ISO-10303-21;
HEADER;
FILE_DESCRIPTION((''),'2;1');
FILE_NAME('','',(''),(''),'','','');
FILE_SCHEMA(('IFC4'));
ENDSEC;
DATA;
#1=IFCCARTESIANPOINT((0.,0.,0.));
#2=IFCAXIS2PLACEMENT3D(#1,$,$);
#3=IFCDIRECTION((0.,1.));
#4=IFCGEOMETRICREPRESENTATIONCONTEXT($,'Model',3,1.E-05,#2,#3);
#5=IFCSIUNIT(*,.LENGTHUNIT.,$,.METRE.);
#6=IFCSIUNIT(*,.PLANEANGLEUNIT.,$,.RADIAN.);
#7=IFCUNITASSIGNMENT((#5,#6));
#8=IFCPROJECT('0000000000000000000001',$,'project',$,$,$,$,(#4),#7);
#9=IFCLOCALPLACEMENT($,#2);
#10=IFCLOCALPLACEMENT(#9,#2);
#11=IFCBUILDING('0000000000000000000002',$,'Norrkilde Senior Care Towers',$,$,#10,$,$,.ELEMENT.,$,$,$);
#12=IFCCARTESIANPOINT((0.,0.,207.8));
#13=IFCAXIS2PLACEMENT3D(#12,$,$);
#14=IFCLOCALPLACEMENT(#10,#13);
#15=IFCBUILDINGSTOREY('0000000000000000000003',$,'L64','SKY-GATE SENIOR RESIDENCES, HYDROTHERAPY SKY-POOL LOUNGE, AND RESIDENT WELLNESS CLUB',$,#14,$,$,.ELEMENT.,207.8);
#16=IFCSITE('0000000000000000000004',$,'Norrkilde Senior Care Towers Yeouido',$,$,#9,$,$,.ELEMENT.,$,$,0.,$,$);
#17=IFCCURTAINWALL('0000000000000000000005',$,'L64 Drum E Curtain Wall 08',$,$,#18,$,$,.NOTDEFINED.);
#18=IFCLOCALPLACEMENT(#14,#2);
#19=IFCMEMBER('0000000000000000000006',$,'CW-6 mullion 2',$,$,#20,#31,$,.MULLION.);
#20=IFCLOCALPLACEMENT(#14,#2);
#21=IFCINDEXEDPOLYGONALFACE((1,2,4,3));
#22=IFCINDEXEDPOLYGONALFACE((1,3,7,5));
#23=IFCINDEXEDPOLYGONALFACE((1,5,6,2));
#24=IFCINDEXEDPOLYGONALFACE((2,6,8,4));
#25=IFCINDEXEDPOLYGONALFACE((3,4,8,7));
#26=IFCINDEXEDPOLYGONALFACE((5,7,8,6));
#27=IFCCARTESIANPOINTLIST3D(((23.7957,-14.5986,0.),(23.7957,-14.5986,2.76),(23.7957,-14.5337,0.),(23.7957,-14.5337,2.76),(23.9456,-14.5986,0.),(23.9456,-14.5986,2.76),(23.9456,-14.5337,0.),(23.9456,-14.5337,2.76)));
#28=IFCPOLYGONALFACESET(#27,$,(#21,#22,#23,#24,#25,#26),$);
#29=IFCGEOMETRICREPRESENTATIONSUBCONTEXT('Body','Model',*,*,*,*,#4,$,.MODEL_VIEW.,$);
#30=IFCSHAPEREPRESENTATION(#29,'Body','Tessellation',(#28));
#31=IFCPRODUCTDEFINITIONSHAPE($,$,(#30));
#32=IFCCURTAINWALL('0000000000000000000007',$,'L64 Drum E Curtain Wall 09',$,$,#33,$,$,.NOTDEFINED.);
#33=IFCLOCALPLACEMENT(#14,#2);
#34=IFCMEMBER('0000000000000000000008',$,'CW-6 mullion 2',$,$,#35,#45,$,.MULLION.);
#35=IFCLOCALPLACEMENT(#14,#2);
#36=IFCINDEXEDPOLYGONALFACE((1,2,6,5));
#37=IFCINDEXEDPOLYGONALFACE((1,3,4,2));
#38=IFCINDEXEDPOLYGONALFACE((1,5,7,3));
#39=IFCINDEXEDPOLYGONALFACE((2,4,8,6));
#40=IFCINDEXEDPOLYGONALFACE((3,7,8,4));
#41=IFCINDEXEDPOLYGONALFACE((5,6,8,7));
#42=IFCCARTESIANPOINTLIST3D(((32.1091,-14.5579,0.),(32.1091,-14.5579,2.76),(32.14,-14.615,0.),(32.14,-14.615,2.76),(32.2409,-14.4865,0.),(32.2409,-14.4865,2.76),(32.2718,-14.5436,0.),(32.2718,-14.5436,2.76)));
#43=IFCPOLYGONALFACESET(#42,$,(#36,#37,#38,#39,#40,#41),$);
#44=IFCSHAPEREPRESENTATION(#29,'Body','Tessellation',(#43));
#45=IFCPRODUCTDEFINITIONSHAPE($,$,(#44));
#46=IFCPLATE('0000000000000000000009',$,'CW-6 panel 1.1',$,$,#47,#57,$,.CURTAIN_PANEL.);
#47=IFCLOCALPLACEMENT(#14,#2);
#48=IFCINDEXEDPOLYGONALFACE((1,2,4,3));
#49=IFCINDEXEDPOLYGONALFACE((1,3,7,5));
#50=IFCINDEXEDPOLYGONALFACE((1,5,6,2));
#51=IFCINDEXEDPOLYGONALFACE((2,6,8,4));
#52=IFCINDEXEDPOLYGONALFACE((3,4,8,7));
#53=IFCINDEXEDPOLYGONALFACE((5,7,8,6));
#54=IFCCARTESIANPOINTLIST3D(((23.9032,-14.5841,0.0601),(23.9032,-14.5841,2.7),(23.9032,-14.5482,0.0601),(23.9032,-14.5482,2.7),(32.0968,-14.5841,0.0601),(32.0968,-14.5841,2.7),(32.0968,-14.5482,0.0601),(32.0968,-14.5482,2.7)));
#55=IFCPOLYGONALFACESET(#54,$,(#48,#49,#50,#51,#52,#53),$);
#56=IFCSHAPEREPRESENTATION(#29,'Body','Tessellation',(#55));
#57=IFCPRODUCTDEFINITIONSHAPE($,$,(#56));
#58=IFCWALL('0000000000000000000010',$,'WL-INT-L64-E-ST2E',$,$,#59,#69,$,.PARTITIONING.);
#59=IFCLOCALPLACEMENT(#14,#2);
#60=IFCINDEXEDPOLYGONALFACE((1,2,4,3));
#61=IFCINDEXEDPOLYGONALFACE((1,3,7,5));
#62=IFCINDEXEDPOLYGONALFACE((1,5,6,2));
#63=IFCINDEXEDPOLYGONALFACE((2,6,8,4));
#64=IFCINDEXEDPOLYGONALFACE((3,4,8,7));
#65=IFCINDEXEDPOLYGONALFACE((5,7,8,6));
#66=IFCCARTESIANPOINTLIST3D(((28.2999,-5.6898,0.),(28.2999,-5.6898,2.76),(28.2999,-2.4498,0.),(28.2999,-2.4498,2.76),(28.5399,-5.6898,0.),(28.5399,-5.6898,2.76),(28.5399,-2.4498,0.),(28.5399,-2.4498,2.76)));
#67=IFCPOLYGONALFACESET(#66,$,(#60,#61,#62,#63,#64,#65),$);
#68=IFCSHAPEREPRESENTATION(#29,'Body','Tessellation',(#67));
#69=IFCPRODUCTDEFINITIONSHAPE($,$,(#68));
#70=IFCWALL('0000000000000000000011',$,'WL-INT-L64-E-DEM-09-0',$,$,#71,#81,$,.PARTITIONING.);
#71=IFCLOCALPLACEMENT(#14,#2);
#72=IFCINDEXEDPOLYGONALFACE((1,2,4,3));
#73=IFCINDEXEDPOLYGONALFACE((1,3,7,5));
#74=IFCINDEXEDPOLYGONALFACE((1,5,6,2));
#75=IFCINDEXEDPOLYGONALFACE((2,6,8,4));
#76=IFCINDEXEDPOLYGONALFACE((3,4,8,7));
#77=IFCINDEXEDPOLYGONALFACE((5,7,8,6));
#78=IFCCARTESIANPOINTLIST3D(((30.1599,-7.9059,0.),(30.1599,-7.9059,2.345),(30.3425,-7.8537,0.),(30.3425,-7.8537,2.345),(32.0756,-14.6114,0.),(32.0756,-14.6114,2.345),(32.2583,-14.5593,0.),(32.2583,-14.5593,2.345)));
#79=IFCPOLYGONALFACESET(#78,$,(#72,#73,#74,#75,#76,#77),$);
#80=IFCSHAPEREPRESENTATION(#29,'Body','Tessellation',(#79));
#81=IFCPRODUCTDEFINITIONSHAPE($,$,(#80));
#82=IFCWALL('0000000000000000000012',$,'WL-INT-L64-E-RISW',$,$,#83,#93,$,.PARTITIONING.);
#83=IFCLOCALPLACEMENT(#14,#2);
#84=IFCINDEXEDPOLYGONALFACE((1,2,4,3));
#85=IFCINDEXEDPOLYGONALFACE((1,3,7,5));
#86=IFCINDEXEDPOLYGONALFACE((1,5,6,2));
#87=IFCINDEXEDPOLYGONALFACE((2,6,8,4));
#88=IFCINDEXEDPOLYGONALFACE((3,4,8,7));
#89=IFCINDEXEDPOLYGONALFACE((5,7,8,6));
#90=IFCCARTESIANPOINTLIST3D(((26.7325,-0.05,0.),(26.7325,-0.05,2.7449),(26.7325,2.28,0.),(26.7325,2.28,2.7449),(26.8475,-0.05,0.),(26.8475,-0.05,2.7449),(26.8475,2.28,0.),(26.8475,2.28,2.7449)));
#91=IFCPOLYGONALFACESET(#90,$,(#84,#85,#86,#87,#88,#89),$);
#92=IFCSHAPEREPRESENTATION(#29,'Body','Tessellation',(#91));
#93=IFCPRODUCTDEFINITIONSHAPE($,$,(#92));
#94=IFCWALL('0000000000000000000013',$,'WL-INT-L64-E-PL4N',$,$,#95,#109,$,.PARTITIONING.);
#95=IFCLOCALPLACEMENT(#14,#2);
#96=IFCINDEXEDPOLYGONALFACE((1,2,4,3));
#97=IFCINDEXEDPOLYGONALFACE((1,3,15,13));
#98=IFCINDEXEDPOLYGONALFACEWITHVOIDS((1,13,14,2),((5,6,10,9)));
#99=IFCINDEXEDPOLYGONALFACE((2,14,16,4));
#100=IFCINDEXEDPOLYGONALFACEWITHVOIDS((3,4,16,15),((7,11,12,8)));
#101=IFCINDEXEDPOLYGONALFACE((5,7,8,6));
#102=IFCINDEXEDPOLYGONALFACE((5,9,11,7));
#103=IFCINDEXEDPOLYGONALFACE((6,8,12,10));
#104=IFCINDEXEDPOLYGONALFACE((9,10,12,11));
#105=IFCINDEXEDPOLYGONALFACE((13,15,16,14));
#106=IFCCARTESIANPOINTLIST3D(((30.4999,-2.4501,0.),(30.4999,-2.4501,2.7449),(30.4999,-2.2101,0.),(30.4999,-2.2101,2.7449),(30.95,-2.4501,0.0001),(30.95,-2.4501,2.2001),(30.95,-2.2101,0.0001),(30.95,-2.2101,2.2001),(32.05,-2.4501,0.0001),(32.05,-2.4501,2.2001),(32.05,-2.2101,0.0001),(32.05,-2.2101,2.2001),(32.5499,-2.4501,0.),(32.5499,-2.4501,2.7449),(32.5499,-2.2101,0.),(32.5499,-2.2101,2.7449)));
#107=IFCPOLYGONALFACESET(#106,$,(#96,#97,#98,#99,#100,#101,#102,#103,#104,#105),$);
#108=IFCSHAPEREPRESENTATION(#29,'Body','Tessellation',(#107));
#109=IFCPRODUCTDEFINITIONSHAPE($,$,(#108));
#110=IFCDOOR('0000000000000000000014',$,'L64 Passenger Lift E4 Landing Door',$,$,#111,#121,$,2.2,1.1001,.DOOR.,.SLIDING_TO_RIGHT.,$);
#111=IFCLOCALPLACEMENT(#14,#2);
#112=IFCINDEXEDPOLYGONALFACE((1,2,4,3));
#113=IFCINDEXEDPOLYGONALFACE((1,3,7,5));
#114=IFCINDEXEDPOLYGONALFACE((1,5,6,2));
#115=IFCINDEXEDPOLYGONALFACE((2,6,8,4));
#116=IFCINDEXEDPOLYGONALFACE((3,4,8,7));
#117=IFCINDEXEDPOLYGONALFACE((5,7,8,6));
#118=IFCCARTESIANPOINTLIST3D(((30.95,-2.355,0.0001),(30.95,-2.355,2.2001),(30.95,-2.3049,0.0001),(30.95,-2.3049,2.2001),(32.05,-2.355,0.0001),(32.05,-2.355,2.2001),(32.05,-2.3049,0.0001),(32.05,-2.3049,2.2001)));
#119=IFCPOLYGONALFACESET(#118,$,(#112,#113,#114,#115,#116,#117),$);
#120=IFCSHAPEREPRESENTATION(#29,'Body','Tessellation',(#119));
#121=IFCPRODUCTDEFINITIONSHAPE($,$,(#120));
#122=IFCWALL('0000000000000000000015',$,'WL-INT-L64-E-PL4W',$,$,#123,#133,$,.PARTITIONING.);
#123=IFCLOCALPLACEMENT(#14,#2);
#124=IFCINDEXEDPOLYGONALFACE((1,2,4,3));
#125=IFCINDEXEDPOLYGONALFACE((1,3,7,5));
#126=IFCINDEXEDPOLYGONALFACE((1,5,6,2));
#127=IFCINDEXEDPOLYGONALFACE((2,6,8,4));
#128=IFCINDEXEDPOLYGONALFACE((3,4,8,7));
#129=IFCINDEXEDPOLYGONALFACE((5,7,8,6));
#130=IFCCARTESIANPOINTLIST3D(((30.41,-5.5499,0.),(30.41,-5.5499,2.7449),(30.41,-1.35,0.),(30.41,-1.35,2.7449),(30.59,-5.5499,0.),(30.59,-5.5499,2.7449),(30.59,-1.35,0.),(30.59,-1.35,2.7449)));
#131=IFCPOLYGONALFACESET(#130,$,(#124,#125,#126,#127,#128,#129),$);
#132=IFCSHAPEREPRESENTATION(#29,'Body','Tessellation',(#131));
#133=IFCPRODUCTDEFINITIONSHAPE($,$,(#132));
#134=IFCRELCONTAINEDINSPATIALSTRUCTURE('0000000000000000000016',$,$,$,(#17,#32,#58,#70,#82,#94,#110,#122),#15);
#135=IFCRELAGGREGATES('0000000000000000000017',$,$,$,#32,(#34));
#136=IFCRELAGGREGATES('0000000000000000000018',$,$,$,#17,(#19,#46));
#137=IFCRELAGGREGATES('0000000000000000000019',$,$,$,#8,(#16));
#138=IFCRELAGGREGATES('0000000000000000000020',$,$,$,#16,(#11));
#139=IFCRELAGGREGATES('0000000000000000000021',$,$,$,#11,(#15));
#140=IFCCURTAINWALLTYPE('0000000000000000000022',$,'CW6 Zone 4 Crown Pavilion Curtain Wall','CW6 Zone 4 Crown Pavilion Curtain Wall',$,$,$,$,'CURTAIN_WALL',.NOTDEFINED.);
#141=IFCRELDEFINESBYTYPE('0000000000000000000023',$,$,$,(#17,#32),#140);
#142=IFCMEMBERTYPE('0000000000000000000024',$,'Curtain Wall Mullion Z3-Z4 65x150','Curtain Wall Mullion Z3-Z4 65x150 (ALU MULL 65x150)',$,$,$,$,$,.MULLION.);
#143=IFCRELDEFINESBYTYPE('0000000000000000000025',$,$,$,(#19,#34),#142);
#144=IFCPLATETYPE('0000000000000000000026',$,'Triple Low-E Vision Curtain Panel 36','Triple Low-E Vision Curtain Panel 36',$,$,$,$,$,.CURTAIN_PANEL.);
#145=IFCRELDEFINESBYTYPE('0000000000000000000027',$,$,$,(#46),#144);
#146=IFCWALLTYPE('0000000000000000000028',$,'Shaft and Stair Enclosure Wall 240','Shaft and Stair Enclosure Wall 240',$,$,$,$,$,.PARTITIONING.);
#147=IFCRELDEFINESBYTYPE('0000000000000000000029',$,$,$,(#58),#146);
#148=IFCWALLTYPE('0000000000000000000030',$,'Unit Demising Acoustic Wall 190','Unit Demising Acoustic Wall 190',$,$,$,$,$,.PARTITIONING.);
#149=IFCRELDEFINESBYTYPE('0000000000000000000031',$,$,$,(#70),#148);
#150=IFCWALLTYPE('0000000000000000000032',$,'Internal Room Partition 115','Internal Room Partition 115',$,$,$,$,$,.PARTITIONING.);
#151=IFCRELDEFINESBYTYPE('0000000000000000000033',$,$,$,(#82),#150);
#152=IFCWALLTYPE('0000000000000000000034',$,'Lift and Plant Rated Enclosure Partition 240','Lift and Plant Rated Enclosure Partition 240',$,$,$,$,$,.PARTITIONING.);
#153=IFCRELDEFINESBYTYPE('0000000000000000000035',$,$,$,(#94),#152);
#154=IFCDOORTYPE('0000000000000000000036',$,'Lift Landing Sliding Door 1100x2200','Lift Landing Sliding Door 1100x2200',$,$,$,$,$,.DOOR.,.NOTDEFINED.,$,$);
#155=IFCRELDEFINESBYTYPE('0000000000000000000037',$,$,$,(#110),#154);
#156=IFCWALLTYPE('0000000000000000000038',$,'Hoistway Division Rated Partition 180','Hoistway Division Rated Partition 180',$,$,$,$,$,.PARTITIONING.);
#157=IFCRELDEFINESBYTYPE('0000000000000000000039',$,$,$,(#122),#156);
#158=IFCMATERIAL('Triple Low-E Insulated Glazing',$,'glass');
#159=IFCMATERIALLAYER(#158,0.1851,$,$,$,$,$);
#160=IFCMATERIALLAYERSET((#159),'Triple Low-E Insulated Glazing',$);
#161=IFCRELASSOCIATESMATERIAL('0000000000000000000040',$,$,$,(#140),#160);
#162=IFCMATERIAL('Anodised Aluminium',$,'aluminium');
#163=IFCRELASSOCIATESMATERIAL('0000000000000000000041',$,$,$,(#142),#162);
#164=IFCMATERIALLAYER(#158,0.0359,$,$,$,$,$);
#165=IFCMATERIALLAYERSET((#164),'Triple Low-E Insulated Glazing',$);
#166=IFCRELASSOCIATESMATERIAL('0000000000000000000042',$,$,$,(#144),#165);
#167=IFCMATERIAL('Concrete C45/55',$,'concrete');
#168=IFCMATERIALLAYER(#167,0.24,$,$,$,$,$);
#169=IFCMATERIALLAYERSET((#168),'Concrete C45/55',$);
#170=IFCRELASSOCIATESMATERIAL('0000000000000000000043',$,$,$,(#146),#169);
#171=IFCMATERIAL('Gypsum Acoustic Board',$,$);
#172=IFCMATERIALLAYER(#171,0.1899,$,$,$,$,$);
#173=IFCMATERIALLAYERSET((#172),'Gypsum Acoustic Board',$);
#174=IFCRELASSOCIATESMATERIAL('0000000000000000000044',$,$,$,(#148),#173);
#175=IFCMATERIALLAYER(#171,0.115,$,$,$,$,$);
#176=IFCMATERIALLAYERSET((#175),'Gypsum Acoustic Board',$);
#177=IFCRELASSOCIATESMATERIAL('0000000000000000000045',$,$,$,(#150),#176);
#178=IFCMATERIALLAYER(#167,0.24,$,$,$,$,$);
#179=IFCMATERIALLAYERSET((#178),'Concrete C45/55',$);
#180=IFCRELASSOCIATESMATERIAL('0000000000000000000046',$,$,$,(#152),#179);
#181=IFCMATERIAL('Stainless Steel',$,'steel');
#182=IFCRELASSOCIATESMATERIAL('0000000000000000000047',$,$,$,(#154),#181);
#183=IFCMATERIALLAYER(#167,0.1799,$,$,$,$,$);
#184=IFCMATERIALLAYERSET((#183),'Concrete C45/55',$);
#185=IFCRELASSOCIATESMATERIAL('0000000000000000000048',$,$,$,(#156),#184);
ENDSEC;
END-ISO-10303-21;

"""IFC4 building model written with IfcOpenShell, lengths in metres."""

from ifc_helpers import new_model, si_unit, direction, frame, frame_2d, origin, origin_2d, place, context, subcontext, project, spatial, rectangle, extrude, source, transform, mapped, material, layer, layer_set, material_profile, profile_set, type_object, type_shapes, element, fill, aggregate, save


model = new_model("IFC4")

# Units and contexts
model_context = context("Model", 3, precision=1e-05, world=origin(), true_north=direction((0.0, 1.0)))
body_context = subcontext(model_context, "Body", "Model", "MODEL_VIEW")
ifc_project = project(units=[si_unit("LENGTHUNIT", "METRE"), si_unit("PLANEANGLEUNIT", "RADIAN")], contexts=[model_context])

# Site, building, storey
site_placement = place(None, origin())
site = spatial("IfcSite", under=ifc_project, at=site_placement, Name="Norrkilde Senior Care Towers Yeouido", CompositionType="ELEMENT", RefElevation=0.0)
building_placement = place(site_placement, origin())
building = spatial("IfcBuilding", under=site, at=building_placement, Name="Norrkilde Senior Care Towers", CompositionType="ELEMENT")
storey_placement = place(building_placement, frame((0.0, 0.0, 207.8)))
storey = spatial("IfcBuildingStorey", under=building, at=storey_placement, Name="L64", Description="SKY-GATE SENIOR RESIDENCES, HYDROTHERAPY SKY-POOL LOUNGE, AND RESIDENT WELLNESS CLUB", CompositionType="ELEMENT", Elevation=207.8)

# Curtain wall, member
ifc_material_1 = material(Name="Triple Low-E Insulated Glazing", Category="glass")
ifc_layer_1 = layer(ifc_material_1, 0.1851)
ifc_layer_set_1 = layer_set([ifc_layer_1], Name="Triple Low-E Insulated Glazing")
curtain_wall_type = type_object("IfcCurtainWallType", Name="CW6 Zone 4 Crown Pavilion Curtain Wall", Description="CW6 Zone 4 Crown Pavilion Curtain Wall", ElementType="CURTAIN_WALL", PredefinedType="NOTDEFINED", material=ifc_layer_set_1)
curtain_wall_1_placement = place(storey_placement, origin())
curtain_wall_1 = element("IfcCurtainWall", 1, at=curtain_wall_1_placement, inside=storey, type_object=curtain_wall_type, Name="L64 Drum E Curtain Wall 08", PredefinedType="NOTDEFINED")
ifc_material_2 = material(Name="Anodised Aluminium", Category="aluminium")
ifc_material_profile_1 = material_profile(ifc_material_2, rectangle(XDim=0.0649, YDim=0.1499, at=origin_2d()), Name="ALU MULL 65x150")
ifc_profile_set_1 = profile_set([ifc_material_profile_1], Name="Anodised Aluminium")
member_type_1 = type_object("IfcMemberType", Name="Curtain Wall Mullion Z3-Z4 65x150", Description="Curtain Wall Mullion Z3-Z4 65x150 (ALU MULL 65x150)", PredefinedType="MULLION", material=ifc_profile_set_1)
shared_shape_1 = source(origin(), body_context, "Body", "SweptSolid", [
    extrude(rectangle(XDim=0.0649, YDim=0.1499, at=origin_2d()), origin(), (0.0, 0.0, 1.0), 2.76),
])
type_shapes(member_type_1, [shared_shape_1])
member_1_placement = place(storey_placement, frame((23.8706, -14.5662, 0.0), z_axis=(0.0, 0.0, 1.0), x_axis=(0.0, -1.0, 0.0)))
member_1 = element("IfcMember", 2, at=member_1_placement, type_object=member_type_1, Name="CW-6 mullion 2", PredefinedType="MULLION", context=body_context, shape_type="MappedRepresentation", body=[
    mapped(shared_shape_1, transform((0.0, 0.0, 0.0), x_axis=(1.0, 0.0, 0.0), y_axis=(0.0, 1.0, 0.0), z_axis=(0.0, 0.0, 1.0), scale=1.0)),
])

# Curtain wall, member
curtain_wall_2_placement = place(storey_placement, origin())
curtain_wall_2 = element("IfcCurtainWall", 3, at=curtain_wall_2_placement, inside=storey, type_object=curtain_wall_type, Name="L64 Drum E Curtain Wall 09", PredefinedType="NOTDEFINED")
member_2_placement = place(storey_placement, frame((32.1904, -14.5508, 0.0), z_axis=(0.0, 0.0, 1.0), x_axis=(0.476133, -0.879373, 0.0)))
member_2 = element("IfcMember", 4, at=member_2_placement, type_object=member_type_1, Name="CW-6 mullion 2", PredefinedType="MULLION", context=body_context, shape_type="MappedRepresentation", body=[
    mapped(shared_shape_1, transform((0.0, 0.0, 0.0), x_axis=(1.0, 0.0, 0.0), y_axis=(0.0, 1.0, 0.0), z_axis=(0.0, 0.0, 1.0), scale=1.0)),
])
aggregate(curtain_wall_2, [member_2])

# Plate
ifc_layer_2 = layer(ifc_material_1, 0.0359)
ifc_layer_set_2 = layer_set([ifc_layer_2], Name="Triple Low-E Insulated Glazing")
plate_type = type_object("IfcPlateType", Name="Triple Low-E Vision Curtain Panel 36", Description="Triple Low-E Vision Curtain Panel 36", PredefinedType="CURTAIN_PANEL", material=ifc_layer_set_2)
shared_shape_2 = source(origin(), body_context, "Body", "SweptSolid", [
    extrude(rectangle(XDim=8.1936, YDim=0.0359, at=origin_2d()), origin(), (0.0, 0.0, 1.0), 2.6399),
])
type_shapes(plate_type, [shared_shape_2])
plate_placement = place(storey_placement, frame((28.0, -14.5662, 0.0601), z_axis=(0.0, 0.0, 1.0), x_axis=(-1.0, 0.0, 0.0)))
plate = element("IfcPlate", 5, at=plate_placement, type_object=plate_type, Name="CW-6 panel 1.1", PredefinedType="CURTAIN_PANEL", context=body_context, shape_type="MappedRepresentation", body=[
    mapped(shared_shape_2, transform((0.0, 0.0, 0.0), x_axis=(1.0, 0.0, 0.0), y_axis=(0.0, 1.0, 0.0), z_axis=(0.0, 0.0, 1.0), scale=1.0)),
])
aggregate(curtain_wall_1, [member_1, plate])

# Walls
ifc_material_3 = material(Name="Concrete C45/55", Category="concrete")
ifc_layer_3 = layer(ifc_material_3, 0.24)
ifc_layer_set_3 = layer_set([ifc_layer_3], Name="Concrete C45/55")
wall_type_1 = type_object("IfcWallType", Name="Shaft and Stair Enclosure Wall 240", Description="Shaft and Stair Enclosure Wall 240", PredefinedType="PARTITIONING", material=ifc_layer_set_3)
shared_shape_3 = source(origin(), body_context, "Body", "SweptSolid", [
    extrude(rectangle(XDim=3.24, YDim=0.24, at=frame_2d((1.6201, 0.0))), origin(), (0.0, 0.0, 1.0), 2.76),
])
type_shapes(wall_type_1, [shared_shape_3])
wall_1_placement = place(storey_placement, frame((28.4199, -5.6899, 0.0), z_axis=(0.0, 0.0, 1.0), x_axis=(0.0, 1.0, 0.0)))
element("IfcWall", 6, at=wall_1_placement, inside=storey, type_object=wall_type_1, Name="WL-INT-L64-E-ST2E", PredefinedType="PARTITIONING", context=body_context, shape_type="MappedRepresentation", body=[
    mapped(shared_shape_3, transform((0.0, 0.0, 0.0), x_axis=(1.0, 0.0, 0.0), y_axis=(0.0, 1.0, 0.0), z_axis=(0.0, 0.0, 1.0), scale=1.0)),
])
ifc_material_4 = material(Name="Gypsum Acoustic Board")
ifc_layer_4 = layer(ifc_material_4, 0.1899)
ifc_layer_set_4 = layer_set([ifc_layer_4], Name="Gypsum Acoustic Board")
wall_type_2 = type_object("IfcWallType", Name="Unit Demising Acoustic Wall 190", Description="Unit Demising Acoustic Wall 190", PredefinedType="PARTITIONING", material=ifc_layer_set_4)
shared_shape_4 = source(origin(), body_context, "Body", "SweptSolid", [
    extrude(rectangle(XDim=6.9739, YDim=0.1899, at=frame_2d((3.4868, 0.0))), origin(), (0.0, 0.0, 1.0), 2.345),
])
type_shapes(wall_type_2, [shared_shape_4])
wall_2_placement = place(storey_placement, frame((30.2512, -7.8799, 0.0), z_axis=(0.0, 0.0, 1.0), x_axis=(0.274707, -0.961528, 0.0)))
element("IfcWall", 7, at=wall_2_placement, inside=storey, type_object=wall_type_2, Name="WL-INT-L64-E-DEM-09-0", PredefinedType="PARTITIONING", context=body_context, shape_type="MappedRepresentation", body=[
    mapped(shared_shape_4, transform((0.0, 0.0, 0.0), x_axis=(1.0, 0.0, 0.0), y_axis=(0.0, 1.0, 0.0), z_axis=(0.0, 0.0, 1.0), scale=1.0)),
])

# Wall
ifc_layer_5 = layer(ifc_material_4, 0.115)
ifc_layer_set_5 = layer_set([ifc_layer_5], Name="Gypsum Acoustic Board")
wall_type_3 = type_object("IfcWallType", Name="Internal Room Partition 115", Description="Internal Room Partition 115", PredefinedType="PARTITIONING", material=ifc_layer_set_5)
shared_shape_5 = source(origin(), body_context, "Body", "SweptSolid", [
    extrude(rectangle(XDim=2.3301, YDim=0.115, at=frame_2d((1.165, 0.0))), origin(), (0.0, 0.0, 1.0), 2.7449),
])
wall_3_placement = place(storey_placement, frame((26.79, -0.05, 0.0), z_axis=(0.0, 0.0, 1.0), x_axis=(0.0, 1.0, 0.0)))
element("IfcWall", 8, at=wall_3_placement, inside=storey, type_object=wall_type_3, Name="WL-INT-L64-E-RISW", PredefinedType="PARTITIONING", context=body_context, shape_type="MappedRepresentation", body=[
    mapped(shared_shape_5, transform((0.0, 0.0, 0.0), x_axis=(1.0, 0.0, 0.0), y_axis=(0.0, 1.0, 0.0), z_axis=(0.0, 0.0, 1.0), scale=1.0)),
])

# Wall, opening, door
ifc_layer_6 = layer(ifc_material_3, 0.24)
ifc_layer_set_6 = layer_set([ifc_layer_6], Name="Concrete C45/55")
wall_type_4 = type_object("IfcWallType", Name="Lift and Plant Rated Enclosure Partition 240", Description="Lift and Plant Rated Enclosure Partition 240", PredefinedType="PARTITIONING", material=ifc_layer_set_6)
shared_shape_6 = source(origin(), body_context, "Body", "SweptSolid", [
    extrude(rectangle(XDim=2.05, YDim=0.24, at=frame_2d((1.0249, 0.0))), origin(), (0.0, 0.0, 1.0), 2.7449),
])
type_shapes(wall_type_4, [shared_shape_6])
wall_4_placement = place(storey_placement, frame((30.5, -2.3301, 0.0), z_axis=(0.0, 0.0, 1.0), x_axis=(1.0, 0.0, 0.0)))
wall_4 = element("IfcWall", 9, at=wall_4_placement, inside=storey, type_object=wall_type_4, Name="WL-INT-L64-E-PL4N", PredefinedType="PARTITIONING", context=body_context, shape_type="MappedRepresentation", body=[
    mapped(shared_shape_6, transform((0.0, 0.0, 0.0), x_axis=(1.0, 0.0, 0.0), y_axis=(0.0, 1.0, 0.0), z_axis=(0.0, 0.0, 1.0), scale=1.0)),
])
opening_1_placement = place(wall_4_placement, frame((0.45, 0.0, 0.0)))
opening_1 = element("IfcOpeningElement", 10, at=opening_1_placement, cuts=wall_4, PredefinedType="OPENING", context=body_context, shape_type="SweptSolid", body=[
    extrude(rectangle(XDim=1.1001, YDim=2.2, at=frame_2d((0.55, 1.1001))), frame((0.0, 0.1299, 0.0), z_axis=(0.0, -1.0, 0.0), x_axis=(1.0, 0.0, 0.0)), (0.0, 0.0, 1.0), 0.26),
])
ifc_material_5 = material(Name="Stainless Steel", Category="steel")
door_type_1 = type_object("IfcDoorType", Name="Lift Landing Sliding Door 1100x2200", Description="Lift Landing Sliding Door 1100x2200", OperationType="NOTDEFINED", PredefinedType="DOOR", material=ifc_material_5)
shared_shape_7 = source(origin(), body_context, "Body", "SweptSolid", [
    extrude(rectangle(XDim=1.1001, YDim=2.2, at=frame_2d((0.55, 1.1001))), frame((0.0, 0.0249, 0.0), z_axis=(0.0, -1.0, 0.0), x_axis=(1.0, 0.0, 0.0)), (0.0, 0.0, 1.0), 0.05),
])
type_shapes(door_type_1, [shared_shape_7])
door_1_placement = place(opening_1_placement, frame((1.1001, 0.0, 0.0), z_axis=(0.0, 0.0, 1.0), x_axis=(-1.0, 0.0, 0.0)))
door_1 = element("IfcDoor", 11, at=door_1_placement, inside=storey, type_object=door_type_1, Name="L64 Passenger Lift E4 Landing Door", OperationType="SLIDING_TO_RIGHT", OverallHeight=2.2, OverallWidth=1.1001, PredefinedType="DOOR", context=body_context, shape_type="MappedRepresentation", body=[
    mapped(shared_shape_7, transform((0.0, 0.0, 0.0), x_axis=(1.0, 0.0, 0.0), y_axis=(0.0, 1.0, 0.0), z_axis=(0.0, 0.0, 1.0), scale=1.0)),
])
fill(opening_1, door_1)

# Wall
ifc_layer_7 = layer(ifc_material_3, 0.1799)
ifc_layer_set_7 = layer_set([ifc_layer_7], Name="Concrete C45/55")
wall_type_5 = type_object("IfcWallType", Name="Hoistway Division Rated Partition 180", Description="Hoistway Division Rated Partition 180", PredefinedType="PARTITIONING", material=ifc_layer_set_7)
shared_shape_8 = source(origin(), body_context, "Body", "SweptSolid", [
    extrude(rectangle(XDim=4.2, YDim=0.1799, at=frame_2d((2.1001, 0.0))), origin(), (0.0, 0.0, 1.0), 2.7449),
])
type_shapes(wall_type_5, [shared_shape_8])
wall_5_placement = place(storey_placement, frame((30.5, -5.55, 0.0), z_axis=(0.0, 0.0, 1.0), x_axis=(0.0, 1.0, 0.0)))
element("IfcWall", 12, at=wall_5_placement, inside=storey, type_object=wall_type_5, Name="WL-INT-L64-E-PL4W", PredefinedType="PARTITIONING", context=body_context, shape_type="MappedRepresentation", body=[
    mapped(shared_shape_8, transform((0.0, 0.0, 0.0), x_axis=(1.0, 0.0, 0.0), y_axis=(0.0, 1.0, 0.0), z_axis=(0.0, 0.0, 1.0), scale=1.0)),
])

save(model, "model.ifc")
